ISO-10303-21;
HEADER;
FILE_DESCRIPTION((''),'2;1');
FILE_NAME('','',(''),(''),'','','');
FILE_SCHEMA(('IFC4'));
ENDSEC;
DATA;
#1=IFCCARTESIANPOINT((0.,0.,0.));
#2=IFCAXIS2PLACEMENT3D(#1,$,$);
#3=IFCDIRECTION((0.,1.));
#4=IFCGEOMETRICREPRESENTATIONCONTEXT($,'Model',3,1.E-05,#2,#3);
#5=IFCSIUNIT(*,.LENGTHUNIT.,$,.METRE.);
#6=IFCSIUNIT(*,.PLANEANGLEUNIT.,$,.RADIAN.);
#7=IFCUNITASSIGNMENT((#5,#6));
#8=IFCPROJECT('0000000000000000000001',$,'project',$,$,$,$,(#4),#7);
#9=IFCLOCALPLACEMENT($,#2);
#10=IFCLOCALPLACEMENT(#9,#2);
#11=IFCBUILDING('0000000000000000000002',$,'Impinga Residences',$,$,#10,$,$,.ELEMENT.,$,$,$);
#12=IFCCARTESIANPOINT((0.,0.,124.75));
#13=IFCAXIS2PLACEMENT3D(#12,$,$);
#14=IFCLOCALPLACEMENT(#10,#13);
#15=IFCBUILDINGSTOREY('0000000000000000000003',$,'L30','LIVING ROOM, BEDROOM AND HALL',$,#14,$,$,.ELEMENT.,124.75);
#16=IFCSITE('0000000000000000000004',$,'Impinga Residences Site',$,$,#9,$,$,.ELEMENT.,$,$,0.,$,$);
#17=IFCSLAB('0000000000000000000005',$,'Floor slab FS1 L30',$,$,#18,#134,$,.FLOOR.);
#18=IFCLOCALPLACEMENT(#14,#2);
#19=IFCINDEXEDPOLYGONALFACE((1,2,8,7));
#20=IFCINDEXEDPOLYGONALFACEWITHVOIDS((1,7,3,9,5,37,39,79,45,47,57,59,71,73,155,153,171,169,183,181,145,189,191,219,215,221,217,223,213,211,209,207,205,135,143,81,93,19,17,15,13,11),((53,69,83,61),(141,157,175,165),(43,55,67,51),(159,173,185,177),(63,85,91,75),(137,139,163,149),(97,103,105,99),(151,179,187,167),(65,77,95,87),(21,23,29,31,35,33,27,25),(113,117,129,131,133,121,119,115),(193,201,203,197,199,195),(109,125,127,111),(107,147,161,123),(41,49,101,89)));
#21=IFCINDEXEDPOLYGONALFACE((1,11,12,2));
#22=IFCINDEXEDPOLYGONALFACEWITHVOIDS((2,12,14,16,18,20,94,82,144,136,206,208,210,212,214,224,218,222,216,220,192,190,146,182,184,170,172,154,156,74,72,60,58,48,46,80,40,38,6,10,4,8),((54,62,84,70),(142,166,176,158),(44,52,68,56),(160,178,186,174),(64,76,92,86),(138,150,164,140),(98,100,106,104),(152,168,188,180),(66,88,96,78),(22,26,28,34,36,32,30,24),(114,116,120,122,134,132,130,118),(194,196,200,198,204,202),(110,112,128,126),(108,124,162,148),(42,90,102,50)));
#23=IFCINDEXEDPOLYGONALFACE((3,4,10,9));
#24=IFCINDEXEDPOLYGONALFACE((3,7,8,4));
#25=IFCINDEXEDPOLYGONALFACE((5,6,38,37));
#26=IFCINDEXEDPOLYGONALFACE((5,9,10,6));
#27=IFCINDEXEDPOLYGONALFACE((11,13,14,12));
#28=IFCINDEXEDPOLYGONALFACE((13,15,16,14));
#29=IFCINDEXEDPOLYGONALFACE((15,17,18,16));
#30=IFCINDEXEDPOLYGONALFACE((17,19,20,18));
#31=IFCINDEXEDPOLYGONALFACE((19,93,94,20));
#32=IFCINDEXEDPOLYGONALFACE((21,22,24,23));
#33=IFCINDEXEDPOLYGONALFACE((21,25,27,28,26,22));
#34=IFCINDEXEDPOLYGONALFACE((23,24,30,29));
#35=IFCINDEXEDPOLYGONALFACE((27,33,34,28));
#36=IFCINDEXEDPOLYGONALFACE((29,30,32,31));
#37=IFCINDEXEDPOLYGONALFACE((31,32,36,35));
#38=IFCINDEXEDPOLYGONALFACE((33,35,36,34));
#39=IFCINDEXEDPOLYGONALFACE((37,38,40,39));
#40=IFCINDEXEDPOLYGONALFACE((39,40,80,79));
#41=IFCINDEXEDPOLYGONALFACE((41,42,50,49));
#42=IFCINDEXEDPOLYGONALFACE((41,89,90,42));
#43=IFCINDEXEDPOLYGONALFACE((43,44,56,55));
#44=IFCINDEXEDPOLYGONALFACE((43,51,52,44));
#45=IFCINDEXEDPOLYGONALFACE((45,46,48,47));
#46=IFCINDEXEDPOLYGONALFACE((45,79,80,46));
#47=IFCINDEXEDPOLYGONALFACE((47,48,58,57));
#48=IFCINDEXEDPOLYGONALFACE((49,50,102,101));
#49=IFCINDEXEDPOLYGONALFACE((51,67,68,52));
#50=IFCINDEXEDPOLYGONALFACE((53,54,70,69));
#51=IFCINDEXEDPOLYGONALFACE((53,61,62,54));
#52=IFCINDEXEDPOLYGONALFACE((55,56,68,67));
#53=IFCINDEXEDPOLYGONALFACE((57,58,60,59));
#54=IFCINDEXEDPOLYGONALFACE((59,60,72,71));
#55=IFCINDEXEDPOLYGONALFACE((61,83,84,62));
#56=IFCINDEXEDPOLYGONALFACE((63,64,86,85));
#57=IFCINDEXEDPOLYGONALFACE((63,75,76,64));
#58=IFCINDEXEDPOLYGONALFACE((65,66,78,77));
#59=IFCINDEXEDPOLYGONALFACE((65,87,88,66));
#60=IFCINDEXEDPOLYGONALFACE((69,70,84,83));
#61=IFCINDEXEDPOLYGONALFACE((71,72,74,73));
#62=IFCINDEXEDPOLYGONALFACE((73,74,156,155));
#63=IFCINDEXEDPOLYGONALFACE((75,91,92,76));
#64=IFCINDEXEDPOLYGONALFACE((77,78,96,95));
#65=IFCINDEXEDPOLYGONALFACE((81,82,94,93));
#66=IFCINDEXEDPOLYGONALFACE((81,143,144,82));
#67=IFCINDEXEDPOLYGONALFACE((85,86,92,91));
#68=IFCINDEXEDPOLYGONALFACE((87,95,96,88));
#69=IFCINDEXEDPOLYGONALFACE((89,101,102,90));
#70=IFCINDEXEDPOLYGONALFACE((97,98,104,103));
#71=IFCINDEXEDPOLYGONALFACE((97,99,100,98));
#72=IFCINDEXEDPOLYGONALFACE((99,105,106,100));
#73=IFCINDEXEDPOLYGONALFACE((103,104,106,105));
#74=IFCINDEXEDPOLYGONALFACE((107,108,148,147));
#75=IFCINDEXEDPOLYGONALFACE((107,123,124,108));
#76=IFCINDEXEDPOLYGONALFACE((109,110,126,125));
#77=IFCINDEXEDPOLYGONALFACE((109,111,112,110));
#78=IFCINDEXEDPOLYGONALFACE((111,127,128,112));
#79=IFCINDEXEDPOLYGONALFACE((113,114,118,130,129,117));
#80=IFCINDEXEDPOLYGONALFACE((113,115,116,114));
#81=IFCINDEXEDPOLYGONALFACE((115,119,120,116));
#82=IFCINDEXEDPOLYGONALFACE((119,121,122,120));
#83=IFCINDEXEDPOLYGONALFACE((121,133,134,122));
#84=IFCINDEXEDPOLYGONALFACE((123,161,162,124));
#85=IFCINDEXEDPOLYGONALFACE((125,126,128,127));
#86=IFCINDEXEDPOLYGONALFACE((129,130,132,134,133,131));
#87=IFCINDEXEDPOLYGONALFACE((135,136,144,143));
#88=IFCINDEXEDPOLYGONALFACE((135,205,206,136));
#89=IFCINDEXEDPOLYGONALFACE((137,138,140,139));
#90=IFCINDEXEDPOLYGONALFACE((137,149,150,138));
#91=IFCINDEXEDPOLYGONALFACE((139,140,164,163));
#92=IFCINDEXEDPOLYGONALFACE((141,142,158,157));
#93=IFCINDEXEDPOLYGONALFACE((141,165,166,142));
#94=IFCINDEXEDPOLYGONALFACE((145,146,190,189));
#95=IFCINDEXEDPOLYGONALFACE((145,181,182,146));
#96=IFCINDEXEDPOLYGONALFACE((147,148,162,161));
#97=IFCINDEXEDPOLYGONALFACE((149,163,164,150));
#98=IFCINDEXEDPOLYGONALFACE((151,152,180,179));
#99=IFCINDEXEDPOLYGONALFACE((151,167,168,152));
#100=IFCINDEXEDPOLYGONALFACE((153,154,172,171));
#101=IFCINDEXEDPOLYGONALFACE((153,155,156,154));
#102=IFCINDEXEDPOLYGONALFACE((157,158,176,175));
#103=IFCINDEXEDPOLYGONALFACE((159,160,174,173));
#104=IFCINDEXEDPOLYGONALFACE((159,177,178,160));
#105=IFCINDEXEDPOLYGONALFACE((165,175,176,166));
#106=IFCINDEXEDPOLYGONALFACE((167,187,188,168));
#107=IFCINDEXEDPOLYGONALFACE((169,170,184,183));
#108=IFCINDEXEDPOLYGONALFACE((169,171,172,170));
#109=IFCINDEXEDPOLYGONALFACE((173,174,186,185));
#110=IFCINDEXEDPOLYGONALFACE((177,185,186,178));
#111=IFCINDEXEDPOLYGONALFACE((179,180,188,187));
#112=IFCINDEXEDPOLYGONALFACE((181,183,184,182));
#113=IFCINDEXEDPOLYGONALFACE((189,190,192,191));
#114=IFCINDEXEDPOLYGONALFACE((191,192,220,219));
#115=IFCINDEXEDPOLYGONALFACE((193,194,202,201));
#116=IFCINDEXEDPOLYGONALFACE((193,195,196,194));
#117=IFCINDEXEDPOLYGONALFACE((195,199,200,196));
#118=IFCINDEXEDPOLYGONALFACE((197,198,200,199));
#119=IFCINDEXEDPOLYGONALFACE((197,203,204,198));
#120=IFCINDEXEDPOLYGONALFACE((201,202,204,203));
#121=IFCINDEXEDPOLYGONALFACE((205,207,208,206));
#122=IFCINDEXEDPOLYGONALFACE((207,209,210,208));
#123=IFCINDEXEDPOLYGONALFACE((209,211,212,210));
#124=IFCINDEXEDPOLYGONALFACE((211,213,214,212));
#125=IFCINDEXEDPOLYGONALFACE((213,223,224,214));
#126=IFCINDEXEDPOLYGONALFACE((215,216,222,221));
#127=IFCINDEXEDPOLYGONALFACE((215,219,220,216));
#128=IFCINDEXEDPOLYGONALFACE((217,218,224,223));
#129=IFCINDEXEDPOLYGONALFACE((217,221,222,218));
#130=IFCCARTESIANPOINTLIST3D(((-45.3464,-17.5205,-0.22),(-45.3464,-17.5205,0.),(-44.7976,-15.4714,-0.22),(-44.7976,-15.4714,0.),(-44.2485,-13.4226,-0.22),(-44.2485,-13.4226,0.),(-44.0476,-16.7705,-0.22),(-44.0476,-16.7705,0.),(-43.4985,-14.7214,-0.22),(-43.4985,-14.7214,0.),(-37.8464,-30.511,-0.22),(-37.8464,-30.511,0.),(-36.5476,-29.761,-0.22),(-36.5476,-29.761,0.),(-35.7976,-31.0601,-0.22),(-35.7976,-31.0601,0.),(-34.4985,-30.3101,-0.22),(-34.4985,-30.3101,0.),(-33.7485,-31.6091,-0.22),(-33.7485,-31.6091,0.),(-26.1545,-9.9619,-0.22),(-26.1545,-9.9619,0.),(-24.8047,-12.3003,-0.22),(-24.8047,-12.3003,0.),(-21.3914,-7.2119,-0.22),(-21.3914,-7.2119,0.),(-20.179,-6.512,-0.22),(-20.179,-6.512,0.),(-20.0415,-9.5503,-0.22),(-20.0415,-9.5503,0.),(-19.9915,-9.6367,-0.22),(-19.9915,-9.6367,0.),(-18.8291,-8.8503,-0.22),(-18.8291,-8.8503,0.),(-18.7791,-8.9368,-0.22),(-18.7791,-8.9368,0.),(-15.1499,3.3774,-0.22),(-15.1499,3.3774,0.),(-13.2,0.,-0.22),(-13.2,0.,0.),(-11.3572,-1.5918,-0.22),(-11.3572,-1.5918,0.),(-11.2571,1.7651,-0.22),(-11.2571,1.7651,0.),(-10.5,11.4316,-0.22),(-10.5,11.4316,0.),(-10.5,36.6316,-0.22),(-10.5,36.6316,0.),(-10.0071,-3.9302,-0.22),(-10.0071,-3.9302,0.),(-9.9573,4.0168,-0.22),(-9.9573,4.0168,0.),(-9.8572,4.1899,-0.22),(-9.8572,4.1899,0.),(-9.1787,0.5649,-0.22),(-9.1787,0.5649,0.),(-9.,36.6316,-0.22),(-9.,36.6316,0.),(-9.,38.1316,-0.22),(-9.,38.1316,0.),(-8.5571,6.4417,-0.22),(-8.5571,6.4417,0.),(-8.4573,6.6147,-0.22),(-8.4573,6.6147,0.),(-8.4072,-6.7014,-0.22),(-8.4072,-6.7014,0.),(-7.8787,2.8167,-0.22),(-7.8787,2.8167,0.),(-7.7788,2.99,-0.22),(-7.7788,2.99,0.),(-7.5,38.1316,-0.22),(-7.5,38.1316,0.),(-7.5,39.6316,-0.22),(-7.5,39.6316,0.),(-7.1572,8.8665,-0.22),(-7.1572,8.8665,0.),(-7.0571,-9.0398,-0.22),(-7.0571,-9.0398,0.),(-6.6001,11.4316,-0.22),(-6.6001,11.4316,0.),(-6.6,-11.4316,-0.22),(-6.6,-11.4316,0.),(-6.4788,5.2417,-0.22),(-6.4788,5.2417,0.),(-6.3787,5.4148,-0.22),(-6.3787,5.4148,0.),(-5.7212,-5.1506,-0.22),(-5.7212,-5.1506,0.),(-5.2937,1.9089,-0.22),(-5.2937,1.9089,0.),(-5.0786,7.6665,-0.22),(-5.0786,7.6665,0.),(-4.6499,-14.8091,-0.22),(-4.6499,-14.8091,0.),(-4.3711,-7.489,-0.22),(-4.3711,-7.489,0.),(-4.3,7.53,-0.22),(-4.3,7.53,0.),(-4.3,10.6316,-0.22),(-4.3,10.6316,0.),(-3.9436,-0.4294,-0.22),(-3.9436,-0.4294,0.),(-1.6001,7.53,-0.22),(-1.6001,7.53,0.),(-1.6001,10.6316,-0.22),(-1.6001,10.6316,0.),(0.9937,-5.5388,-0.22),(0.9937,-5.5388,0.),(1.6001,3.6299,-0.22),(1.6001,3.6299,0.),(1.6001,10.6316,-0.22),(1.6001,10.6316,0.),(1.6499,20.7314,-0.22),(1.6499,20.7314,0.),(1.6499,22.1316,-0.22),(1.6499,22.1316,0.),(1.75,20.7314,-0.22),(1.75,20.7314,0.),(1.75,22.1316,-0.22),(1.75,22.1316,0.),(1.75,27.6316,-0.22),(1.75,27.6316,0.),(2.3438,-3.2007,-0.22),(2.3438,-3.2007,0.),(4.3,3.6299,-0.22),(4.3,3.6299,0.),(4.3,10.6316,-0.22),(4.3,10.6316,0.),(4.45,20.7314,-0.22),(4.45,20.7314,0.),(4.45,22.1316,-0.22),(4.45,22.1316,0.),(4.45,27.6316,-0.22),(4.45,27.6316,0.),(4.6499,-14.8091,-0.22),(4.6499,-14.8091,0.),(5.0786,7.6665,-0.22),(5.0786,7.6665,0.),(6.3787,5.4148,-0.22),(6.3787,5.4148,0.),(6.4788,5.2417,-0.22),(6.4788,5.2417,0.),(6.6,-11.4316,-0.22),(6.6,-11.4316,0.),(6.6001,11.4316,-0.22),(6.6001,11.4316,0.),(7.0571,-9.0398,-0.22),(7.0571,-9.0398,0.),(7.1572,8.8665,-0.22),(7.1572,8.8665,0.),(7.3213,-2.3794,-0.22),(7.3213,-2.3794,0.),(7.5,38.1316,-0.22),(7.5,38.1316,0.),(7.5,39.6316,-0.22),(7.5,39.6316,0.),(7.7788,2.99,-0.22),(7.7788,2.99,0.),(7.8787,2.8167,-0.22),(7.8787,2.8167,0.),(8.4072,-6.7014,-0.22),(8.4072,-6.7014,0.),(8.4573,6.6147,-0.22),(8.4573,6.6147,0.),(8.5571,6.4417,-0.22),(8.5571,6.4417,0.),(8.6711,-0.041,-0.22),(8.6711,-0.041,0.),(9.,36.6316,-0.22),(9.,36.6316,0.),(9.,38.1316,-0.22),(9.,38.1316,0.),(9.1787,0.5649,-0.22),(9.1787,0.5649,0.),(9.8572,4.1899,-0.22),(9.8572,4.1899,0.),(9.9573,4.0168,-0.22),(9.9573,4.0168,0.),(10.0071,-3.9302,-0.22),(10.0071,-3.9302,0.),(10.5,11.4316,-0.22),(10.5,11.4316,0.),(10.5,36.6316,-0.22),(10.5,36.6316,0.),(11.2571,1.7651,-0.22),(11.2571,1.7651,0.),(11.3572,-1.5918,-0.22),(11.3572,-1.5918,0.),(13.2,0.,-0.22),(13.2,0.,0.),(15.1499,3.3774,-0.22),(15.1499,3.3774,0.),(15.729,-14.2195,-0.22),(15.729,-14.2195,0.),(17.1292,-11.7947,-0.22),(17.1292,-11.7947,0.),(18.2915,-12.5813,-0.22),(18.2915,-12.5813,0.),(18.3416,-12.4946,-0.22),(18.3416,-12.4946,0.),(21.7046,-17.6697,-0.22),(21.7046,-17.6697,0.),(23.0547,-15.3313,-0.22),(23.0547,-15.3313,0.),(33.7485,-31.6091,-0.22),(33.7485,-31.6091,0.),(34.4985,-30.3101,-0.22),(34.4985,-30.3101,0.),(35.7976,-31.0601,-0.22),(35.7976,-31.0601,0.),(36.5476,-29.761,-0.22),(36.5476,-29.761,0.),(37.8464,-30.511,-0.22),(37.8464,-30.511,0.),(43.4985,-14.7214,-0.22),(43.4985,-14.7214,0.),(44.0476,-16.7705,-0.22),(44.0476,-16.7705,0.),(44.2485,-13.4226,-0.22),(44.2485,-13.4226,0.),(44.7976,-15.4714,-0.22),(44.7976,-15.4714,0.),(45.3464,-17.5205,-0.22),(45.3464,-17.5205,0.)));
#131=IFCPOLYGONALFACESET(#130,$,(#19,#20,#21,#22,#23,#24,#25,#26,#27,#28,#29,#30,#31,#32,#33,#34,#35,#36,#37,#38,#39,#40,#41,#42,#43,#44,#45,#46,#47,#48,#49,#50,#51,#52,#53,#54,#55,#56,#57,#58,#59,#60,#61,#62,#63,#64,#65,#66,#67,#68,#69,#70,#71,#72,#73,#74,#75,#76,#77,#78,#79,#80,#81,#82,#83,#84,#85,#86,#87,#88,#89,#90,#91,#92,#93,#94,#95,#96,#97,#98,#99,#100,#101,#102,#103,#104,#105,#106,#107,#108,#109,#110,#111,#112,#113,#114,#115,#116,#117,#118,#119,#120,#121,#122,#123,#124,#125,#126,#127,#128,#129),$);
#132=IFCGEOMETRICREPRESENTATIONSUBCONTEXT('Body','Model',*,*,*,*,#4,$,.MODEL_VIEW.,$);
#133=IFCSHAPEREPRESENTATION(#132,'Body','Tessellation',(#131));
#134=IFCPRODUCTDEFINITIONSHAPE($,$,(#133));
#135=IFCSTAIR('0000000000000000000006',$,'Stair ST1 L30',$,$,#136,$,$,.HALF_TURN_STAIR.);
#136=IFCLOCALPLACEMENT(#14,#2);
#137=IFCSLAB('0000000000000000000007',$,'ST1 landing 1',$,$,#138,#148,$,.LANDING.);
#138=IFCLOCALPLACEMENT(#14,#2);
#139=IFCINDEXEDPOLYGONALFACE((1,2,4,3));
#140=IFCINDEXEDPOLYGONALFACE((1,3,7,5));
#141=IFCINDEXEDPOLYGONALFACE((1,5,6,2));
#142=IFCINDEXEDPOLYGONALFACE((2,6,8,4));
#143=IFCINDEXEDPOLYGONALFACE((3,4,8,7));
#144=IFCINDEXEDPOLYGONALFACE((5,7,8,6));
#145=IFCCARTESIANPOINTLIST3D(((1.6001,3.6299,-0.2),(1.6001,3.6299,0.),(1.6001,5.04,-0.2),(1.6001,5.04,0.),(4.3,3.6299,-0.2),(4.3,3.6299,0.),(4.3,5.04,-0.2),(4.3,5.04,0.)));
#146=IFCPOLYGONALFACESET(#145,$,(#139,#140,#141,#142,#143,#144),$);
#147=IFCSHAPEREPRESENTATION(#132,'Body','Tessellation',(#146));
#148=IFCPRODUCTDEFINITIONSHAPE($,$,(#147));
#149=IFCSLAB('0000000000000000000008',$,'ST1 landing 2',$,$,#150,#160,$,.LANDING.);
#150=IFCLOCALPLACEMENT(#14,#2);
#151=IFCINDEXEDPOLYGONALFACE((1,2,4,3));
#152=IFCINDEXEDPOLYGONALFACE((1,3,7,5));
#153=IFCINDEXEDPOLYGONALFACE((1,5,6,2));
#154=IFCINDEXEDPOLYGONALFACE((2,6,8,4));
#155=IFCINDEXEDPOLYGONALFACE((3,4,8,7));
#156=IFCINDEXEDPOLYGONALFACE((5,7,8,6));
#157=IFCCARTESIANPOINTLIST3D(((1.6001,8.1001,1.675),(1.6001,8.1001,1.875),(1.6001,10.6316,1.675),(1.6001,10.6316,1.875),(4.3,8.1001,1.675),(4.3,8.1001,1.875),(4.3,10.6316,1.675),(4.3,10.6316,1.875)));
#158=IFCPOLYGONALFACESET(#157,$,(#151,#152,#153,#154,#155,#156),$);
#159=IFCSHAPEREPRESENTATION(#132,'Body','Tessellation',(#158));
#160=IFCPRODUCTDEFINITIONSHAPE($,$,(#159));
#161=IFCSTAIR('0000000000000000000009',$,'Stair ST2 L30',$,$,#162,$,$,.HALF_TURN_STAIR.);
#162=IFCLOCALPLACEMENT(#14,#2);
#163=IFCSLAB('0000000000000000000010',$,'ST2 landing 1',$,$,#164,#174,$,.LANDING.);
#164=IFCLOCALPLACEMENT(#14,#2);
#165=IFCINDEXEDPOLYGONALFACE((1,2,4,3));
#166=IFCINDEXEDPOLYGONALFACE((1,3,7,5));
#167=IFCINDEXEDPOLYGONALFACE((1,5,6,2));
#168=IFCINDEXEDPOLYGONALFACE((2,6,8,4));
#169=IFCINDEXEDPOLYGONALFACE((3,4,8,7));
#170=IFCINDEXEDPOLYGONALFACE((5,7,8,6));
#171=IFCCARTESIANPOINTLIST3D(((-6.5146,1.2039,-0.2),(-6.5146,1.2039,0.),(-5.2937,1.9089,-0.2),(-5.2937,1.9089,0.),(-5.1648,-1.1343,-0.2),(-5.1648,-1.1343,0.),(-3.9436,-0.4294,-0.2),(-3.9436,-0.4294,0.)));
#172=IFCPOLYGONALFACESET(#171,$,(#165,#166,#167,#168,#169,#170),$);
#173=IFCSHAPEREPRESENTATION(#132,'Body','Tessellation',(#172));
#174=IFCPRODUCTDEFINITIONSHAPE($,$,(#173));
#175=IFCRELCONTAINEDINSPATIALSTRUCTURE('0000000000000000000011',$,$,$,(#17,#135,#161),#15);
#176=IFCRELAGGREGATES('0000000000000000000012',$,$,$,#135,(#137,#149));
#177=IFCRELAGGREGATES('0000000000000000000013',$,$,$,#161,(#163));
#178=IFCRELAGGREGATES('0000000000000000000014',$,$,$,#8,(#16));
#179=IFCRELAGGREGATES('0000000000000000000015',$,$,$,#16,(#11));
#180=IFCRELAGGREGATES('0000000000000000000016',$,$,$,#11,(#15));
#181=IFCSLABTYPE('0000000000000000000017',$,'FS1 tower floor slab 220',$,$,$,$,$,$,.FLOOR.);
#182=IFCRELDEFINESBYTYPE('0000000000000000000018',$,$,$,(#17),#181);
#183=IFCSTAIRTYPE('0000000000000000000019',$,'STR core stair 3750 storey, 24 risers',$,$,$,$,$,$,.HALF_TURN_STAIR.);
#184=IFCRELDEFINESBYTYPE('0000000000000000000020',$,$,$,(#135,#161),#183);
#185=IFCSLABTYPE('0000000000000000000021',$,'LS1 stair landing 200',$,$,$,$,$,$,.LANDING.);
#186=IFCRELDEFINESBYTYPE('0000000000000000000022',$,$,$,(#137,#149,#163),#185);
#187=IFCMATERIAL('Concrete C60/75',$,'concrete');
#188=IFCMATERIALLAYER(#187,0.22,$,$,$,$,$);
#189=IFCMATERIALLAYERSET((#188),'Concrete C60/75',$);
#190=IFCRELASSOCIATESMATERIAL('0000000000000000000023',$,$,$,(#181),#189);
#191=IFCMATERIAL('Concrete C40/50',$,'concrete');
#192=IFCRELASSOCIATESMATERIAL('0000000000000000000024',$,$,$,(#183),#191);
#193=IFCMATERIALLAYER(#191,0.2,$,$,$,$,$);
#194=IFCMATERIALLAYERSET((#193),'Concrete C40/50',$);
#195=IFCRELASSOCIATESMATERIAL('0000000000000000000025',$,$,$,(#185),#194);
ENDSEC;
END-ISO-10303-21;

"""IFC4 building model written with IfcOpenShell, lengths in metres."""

from ifc_helpers import new_model, si_unit, direction, frame, origin, place, context, subcontext, project, spatial, polyline, outline, extrude, material, layer, layer_set, type_object, element, aggregate, save


model = new_model("IFC4")

# Units and contexts
model_context = context("Model", 3, precision=1e-05, world=origin(), true_north=direction((0.0, 1.0)))
body_context = subcontext(model_context, "Body", "Model", "MODEL_VIEW")
ifc_project = project(units=[si_unit("LENGTHUNIT", "METRE"), si_unit("PLANEANGLEUNIT", "RADIAN")], contexts=[model_context])

# Site, building, storey
site_placement = place(None, origin())
site = spatial("IfcSite", under=ifc_project, at=site_placement, Name="Impinga Residences Site", CompositionType="ELEMENT", RefElevation=0.0)
building_placement = place(site_placement, origin())
building = spatial("IfcBuilding", under=site, at=building_placement, Name="Impinga Residences", CompositionType="ELEMENT")
storey_placement = place(building_placement, frame((0.0, 0.0, 124.75)))
storey = spatial("IfcBuildingStorey", under=building, at=storey_placement, Name="L30", Description="LIVING ROOM, BEDROOM AND HALL", CompositionType="ELEMENT", Elevation=124.75)

# Slab
ifc_material_1 = material(Name="Concrete C60/75", Category="concrete")
ifc_layer_1 = layer(ifc_material_1, 0.22)
ifc_layer_set_1 = layer_set([ifc_layer_1], Name="Concrete C60/75")
slab_type_1 = type_object("IfcSlabType", Name="FS1 tower floor slab 220", PredefinedType="FLOOR", material=ifc_layer_set_1)
slab_1_placement = place(storey_placement, frame((0.0, 0.0, -0.22)))
element("IfcSlab", 1, at=slab_1_placement, inside=storey, type_object=slab_type_1, Name="Floor slab FS1 L30", PredefinedType="FLOOR", context=body_context, shape_type="SweptSolid", body=[
    extrude(outline(polyline([(-34.4985, -30.3101), (-35.7976, -31.0601), (-36.5476, -29.761), (-37.8464, -30.511), (-45.3464, -17.5205), (-44.0476, -16.7705), (-44.7976, -15.4714), (-43.4985, -14.7214), (-44.2485, -13.4226), (-15.1499, 3.3774), (-13.2, 0.0), (-6.6001, 11.4316), (-10.5, 11.4316), (-10.5, 36.6316), (-9.0, 36.6316), (-9.0, 38.1316), (-7.5, 38.1316), (-7.5, 39.6316), (7.5, 39.6316), (7.5, 38.1316), (9.0, 38.1316), (9.0, 36.6316), (10.5, 36.6316), (10.5, 11.4316), (6.6001, 11.4316), (13.2, 0.0), (15.1499, 3.3774), (44.2485, -13.4226), (43.4985, -14.7214), (44.7976, -15.4714), (44.0476, -16.7705), (45.3464, -17.5205), (37.8464, -30.511), (36.5476, -29.761), (35.7976, -31.0601), (34.4985, -30.3101), (33.7485, -31.6091), (4.6499, -14.8091), (9.9001, -5.7158), (6.6001, -11.4316), (-6.6001, -11.4316), (-9.9001, -5.7158), (-4.6499, -14.8091), (-33.7485, -31.6091), (-34.4985, -30.3101)]), holes=[polyline([(-18.7791, -8.9368), (-18.8291, -8.8503), (-18.8291, -8.8503), (-20.179, -6.512), (-21.3914, -7.2119), (-21.3914, -7.2119), (-26.1545, -9.9619), (-24.8047, -12.3003), (-20.0415, -9.5503), (-19.9915, -9.6367), (-18.7791, -8.9368)]), polyline([(-4.3711, -7.489), (-5.7212, -5.1506), (-8.4072, -6.7014), (-7.0571, -9.0398), (-4.3711, -7.489)]), polyline([(-3.9436, -0.4294), (-5.2937, 1.9089), (-11.3572, -1.5918), (-10.0071, -3.9302), (-3.9436, -0.4294)]), polyline([(-7.8787, 2.8167), (-9.9573, 4.0168), (-11.2571, 1.7651), (-9.1787, 0.5649), (-7.8787, 2.8167)]), polyline([(-6.4788, 5.2417), (-8.5571, 6.4417), (-9.8572, 4.1899), (-7.7788, 2.99), (-6.4788, 5.2417)]), polyline([(4.3, 3.6299), (4.3, 10.6316), (1.6001, 10.6316), (1.6001, 3.6299), (4.3, 3.6299)]), polyline([(-6.3787, 5.4148), (-5.0786, 7.6665), (-7.1572, 8.8665), (-8.4573, 6.6147), (-6.3787, 5.4148)]), polyline([(-4.3, 7.53), (-1.6001, 7.53), (-1.6001, 10.6316), (-4.3, 10.6316), (-4.3, 7.53)]), polyline([(4.45, 20.7314), (4.45, 22.1316), (4.45, 27.6316), (1.75, 27.6316), (1.75, 22.1316), (1.6499, 22.1316), (1.6499, 20.7314), (1.75, 20.7314), (4.45, 20.7314)]), polyline([(15.729, -14.2195), (21.7046, -17.6697), (23.0547, -15.3313), (18.2915, -12.5813), (18.3416, -12.4946), (17.1292, -11.7947), (15.729, -14.2195)]), polyline([(2.3438, -3.2007), (0.9937, -5.5388), (7.0571, -9.0398), (8.4072, -6.7014), (2.3438, -3.2007)]), polyline([(7.3213, -2.3794), (10.0071, -3.9302), (11.3572, -1.5918), (8.6711, -0.041), (7.3213, -2.3794)]), polyline([(7.8787, 2.8167), (9.1787, 0.5649), (11.2571, 1.7651), (9.9573, 4.0168), (7.8787, 2.8167)]), polyline([(6.4788, 5.2417), (7.7788, 2.99), (9.8572, 4.1899), (8.5571, 6.4417), (6.4788, 5.2417)]), polyline([(6.3787, 5.4148), (8.4573, 6.6147), (7.1572, 8.8665), (5.0786, 7.6665), (6.3787, 5.4148)])]), origin(), (0.0, 0.0, 1.0), 0.22),
])

# Stairs, slabs
ifc_material_2 = material(Name="Concrete C40/50", Category="concrete")
stair_type = type_object("IfcStairType", Name="STR core stair 3750 storey, 24 risers", PredefinedType="HALF_TURN_STAIR", material=ifc_material_2)
stair_1_placement = place(storey_placement, origin())
stair_1 = element("IfcStair", 2, at=stair_1_placement, inside=storey, type_object=stair_type, Name="Stair ST1 L30", PredefinedType="HALF_TURN_STAIR")
ifc_layer_2 = layer(ifc_material_2, 0.2)
ifc_layer_set_2 = layer_set([ifc_layer_2], Name="Concrete C40/50")
slab_type_2 = type_object("IfcSlabType", Name="LS1 stair landing 200", PredefinedType="LANDING", material=ifc_layer_set_2)
slab_2_placement = place(storey_placement, frame((0.0, 0.0, -0.2)))
slab_2 = element("IfcSlab", 3, at=slab_2_placement, type_object=slab_type_2, Name="ST1 landing 1", PredefinedType="LANDING", context=body_context, shape_type="SweptSolid", body=[
    extrude(outline(polyline([(1.6001, 3.6299), (4.3, 3.6299), (4.3, 5.04), (1.6001, 5.04), (1.6001, 3.6299)])), origin(), (0.0, 0.0, 1.0), 0.2),
])
slab_3_placement = place(storey_placement, frame((0.0, 0.0, 1.675)))
slab_3 = element("IfcSlab", 4, at=slab_3_placement, type_object=slab_type_2, Name="ST1 landing 2", PredefinedType="LANDING", context=body_context, shape_type="SweptSolid", body=[
    extrude(outline(polyline([(1.6001, 8.1001), (4.3, 8.1001), (4.3, 10.6316), (1.6001, 10.6316), (1.6001, 8.1001)])), origin(), (0.0, 0.0, 1.0), 0.2),
])
aggregate(stair_1, [slab_2, slab_3])
stair_2_placement = place(storey_placement, origin())
stair_2 = element("IfcStair", 5, at=stair_2_placement, inside=storey, type_object=stair_type, Name="Stair ST2 L30", PredefinedType="HALF_TURN_STAIR")
slab_4_placement = place(storey_placement, frame((0.0, 0.0, -0.2)))
slab_4 = element("IfcSlab", 6, at=slab_4_placement, type_object=slab_type_2, Name="ST2 landing 1", PredefinedType="LANDING", context=body_context, shape_type="SweptSolid", body=[
    extrude(outline(polyline([(-3.9436, -0.4294), (-5.2937, 1.9089), (-6.5146, 1.2039), (-5.1648, -1.1343), (-3.9436, -0.4294)])), origin(), (0.0, 0.0, 1.0), 0.2),
])

aggregate(stair_2, [slab_4])

save(model, "model.ifc")
